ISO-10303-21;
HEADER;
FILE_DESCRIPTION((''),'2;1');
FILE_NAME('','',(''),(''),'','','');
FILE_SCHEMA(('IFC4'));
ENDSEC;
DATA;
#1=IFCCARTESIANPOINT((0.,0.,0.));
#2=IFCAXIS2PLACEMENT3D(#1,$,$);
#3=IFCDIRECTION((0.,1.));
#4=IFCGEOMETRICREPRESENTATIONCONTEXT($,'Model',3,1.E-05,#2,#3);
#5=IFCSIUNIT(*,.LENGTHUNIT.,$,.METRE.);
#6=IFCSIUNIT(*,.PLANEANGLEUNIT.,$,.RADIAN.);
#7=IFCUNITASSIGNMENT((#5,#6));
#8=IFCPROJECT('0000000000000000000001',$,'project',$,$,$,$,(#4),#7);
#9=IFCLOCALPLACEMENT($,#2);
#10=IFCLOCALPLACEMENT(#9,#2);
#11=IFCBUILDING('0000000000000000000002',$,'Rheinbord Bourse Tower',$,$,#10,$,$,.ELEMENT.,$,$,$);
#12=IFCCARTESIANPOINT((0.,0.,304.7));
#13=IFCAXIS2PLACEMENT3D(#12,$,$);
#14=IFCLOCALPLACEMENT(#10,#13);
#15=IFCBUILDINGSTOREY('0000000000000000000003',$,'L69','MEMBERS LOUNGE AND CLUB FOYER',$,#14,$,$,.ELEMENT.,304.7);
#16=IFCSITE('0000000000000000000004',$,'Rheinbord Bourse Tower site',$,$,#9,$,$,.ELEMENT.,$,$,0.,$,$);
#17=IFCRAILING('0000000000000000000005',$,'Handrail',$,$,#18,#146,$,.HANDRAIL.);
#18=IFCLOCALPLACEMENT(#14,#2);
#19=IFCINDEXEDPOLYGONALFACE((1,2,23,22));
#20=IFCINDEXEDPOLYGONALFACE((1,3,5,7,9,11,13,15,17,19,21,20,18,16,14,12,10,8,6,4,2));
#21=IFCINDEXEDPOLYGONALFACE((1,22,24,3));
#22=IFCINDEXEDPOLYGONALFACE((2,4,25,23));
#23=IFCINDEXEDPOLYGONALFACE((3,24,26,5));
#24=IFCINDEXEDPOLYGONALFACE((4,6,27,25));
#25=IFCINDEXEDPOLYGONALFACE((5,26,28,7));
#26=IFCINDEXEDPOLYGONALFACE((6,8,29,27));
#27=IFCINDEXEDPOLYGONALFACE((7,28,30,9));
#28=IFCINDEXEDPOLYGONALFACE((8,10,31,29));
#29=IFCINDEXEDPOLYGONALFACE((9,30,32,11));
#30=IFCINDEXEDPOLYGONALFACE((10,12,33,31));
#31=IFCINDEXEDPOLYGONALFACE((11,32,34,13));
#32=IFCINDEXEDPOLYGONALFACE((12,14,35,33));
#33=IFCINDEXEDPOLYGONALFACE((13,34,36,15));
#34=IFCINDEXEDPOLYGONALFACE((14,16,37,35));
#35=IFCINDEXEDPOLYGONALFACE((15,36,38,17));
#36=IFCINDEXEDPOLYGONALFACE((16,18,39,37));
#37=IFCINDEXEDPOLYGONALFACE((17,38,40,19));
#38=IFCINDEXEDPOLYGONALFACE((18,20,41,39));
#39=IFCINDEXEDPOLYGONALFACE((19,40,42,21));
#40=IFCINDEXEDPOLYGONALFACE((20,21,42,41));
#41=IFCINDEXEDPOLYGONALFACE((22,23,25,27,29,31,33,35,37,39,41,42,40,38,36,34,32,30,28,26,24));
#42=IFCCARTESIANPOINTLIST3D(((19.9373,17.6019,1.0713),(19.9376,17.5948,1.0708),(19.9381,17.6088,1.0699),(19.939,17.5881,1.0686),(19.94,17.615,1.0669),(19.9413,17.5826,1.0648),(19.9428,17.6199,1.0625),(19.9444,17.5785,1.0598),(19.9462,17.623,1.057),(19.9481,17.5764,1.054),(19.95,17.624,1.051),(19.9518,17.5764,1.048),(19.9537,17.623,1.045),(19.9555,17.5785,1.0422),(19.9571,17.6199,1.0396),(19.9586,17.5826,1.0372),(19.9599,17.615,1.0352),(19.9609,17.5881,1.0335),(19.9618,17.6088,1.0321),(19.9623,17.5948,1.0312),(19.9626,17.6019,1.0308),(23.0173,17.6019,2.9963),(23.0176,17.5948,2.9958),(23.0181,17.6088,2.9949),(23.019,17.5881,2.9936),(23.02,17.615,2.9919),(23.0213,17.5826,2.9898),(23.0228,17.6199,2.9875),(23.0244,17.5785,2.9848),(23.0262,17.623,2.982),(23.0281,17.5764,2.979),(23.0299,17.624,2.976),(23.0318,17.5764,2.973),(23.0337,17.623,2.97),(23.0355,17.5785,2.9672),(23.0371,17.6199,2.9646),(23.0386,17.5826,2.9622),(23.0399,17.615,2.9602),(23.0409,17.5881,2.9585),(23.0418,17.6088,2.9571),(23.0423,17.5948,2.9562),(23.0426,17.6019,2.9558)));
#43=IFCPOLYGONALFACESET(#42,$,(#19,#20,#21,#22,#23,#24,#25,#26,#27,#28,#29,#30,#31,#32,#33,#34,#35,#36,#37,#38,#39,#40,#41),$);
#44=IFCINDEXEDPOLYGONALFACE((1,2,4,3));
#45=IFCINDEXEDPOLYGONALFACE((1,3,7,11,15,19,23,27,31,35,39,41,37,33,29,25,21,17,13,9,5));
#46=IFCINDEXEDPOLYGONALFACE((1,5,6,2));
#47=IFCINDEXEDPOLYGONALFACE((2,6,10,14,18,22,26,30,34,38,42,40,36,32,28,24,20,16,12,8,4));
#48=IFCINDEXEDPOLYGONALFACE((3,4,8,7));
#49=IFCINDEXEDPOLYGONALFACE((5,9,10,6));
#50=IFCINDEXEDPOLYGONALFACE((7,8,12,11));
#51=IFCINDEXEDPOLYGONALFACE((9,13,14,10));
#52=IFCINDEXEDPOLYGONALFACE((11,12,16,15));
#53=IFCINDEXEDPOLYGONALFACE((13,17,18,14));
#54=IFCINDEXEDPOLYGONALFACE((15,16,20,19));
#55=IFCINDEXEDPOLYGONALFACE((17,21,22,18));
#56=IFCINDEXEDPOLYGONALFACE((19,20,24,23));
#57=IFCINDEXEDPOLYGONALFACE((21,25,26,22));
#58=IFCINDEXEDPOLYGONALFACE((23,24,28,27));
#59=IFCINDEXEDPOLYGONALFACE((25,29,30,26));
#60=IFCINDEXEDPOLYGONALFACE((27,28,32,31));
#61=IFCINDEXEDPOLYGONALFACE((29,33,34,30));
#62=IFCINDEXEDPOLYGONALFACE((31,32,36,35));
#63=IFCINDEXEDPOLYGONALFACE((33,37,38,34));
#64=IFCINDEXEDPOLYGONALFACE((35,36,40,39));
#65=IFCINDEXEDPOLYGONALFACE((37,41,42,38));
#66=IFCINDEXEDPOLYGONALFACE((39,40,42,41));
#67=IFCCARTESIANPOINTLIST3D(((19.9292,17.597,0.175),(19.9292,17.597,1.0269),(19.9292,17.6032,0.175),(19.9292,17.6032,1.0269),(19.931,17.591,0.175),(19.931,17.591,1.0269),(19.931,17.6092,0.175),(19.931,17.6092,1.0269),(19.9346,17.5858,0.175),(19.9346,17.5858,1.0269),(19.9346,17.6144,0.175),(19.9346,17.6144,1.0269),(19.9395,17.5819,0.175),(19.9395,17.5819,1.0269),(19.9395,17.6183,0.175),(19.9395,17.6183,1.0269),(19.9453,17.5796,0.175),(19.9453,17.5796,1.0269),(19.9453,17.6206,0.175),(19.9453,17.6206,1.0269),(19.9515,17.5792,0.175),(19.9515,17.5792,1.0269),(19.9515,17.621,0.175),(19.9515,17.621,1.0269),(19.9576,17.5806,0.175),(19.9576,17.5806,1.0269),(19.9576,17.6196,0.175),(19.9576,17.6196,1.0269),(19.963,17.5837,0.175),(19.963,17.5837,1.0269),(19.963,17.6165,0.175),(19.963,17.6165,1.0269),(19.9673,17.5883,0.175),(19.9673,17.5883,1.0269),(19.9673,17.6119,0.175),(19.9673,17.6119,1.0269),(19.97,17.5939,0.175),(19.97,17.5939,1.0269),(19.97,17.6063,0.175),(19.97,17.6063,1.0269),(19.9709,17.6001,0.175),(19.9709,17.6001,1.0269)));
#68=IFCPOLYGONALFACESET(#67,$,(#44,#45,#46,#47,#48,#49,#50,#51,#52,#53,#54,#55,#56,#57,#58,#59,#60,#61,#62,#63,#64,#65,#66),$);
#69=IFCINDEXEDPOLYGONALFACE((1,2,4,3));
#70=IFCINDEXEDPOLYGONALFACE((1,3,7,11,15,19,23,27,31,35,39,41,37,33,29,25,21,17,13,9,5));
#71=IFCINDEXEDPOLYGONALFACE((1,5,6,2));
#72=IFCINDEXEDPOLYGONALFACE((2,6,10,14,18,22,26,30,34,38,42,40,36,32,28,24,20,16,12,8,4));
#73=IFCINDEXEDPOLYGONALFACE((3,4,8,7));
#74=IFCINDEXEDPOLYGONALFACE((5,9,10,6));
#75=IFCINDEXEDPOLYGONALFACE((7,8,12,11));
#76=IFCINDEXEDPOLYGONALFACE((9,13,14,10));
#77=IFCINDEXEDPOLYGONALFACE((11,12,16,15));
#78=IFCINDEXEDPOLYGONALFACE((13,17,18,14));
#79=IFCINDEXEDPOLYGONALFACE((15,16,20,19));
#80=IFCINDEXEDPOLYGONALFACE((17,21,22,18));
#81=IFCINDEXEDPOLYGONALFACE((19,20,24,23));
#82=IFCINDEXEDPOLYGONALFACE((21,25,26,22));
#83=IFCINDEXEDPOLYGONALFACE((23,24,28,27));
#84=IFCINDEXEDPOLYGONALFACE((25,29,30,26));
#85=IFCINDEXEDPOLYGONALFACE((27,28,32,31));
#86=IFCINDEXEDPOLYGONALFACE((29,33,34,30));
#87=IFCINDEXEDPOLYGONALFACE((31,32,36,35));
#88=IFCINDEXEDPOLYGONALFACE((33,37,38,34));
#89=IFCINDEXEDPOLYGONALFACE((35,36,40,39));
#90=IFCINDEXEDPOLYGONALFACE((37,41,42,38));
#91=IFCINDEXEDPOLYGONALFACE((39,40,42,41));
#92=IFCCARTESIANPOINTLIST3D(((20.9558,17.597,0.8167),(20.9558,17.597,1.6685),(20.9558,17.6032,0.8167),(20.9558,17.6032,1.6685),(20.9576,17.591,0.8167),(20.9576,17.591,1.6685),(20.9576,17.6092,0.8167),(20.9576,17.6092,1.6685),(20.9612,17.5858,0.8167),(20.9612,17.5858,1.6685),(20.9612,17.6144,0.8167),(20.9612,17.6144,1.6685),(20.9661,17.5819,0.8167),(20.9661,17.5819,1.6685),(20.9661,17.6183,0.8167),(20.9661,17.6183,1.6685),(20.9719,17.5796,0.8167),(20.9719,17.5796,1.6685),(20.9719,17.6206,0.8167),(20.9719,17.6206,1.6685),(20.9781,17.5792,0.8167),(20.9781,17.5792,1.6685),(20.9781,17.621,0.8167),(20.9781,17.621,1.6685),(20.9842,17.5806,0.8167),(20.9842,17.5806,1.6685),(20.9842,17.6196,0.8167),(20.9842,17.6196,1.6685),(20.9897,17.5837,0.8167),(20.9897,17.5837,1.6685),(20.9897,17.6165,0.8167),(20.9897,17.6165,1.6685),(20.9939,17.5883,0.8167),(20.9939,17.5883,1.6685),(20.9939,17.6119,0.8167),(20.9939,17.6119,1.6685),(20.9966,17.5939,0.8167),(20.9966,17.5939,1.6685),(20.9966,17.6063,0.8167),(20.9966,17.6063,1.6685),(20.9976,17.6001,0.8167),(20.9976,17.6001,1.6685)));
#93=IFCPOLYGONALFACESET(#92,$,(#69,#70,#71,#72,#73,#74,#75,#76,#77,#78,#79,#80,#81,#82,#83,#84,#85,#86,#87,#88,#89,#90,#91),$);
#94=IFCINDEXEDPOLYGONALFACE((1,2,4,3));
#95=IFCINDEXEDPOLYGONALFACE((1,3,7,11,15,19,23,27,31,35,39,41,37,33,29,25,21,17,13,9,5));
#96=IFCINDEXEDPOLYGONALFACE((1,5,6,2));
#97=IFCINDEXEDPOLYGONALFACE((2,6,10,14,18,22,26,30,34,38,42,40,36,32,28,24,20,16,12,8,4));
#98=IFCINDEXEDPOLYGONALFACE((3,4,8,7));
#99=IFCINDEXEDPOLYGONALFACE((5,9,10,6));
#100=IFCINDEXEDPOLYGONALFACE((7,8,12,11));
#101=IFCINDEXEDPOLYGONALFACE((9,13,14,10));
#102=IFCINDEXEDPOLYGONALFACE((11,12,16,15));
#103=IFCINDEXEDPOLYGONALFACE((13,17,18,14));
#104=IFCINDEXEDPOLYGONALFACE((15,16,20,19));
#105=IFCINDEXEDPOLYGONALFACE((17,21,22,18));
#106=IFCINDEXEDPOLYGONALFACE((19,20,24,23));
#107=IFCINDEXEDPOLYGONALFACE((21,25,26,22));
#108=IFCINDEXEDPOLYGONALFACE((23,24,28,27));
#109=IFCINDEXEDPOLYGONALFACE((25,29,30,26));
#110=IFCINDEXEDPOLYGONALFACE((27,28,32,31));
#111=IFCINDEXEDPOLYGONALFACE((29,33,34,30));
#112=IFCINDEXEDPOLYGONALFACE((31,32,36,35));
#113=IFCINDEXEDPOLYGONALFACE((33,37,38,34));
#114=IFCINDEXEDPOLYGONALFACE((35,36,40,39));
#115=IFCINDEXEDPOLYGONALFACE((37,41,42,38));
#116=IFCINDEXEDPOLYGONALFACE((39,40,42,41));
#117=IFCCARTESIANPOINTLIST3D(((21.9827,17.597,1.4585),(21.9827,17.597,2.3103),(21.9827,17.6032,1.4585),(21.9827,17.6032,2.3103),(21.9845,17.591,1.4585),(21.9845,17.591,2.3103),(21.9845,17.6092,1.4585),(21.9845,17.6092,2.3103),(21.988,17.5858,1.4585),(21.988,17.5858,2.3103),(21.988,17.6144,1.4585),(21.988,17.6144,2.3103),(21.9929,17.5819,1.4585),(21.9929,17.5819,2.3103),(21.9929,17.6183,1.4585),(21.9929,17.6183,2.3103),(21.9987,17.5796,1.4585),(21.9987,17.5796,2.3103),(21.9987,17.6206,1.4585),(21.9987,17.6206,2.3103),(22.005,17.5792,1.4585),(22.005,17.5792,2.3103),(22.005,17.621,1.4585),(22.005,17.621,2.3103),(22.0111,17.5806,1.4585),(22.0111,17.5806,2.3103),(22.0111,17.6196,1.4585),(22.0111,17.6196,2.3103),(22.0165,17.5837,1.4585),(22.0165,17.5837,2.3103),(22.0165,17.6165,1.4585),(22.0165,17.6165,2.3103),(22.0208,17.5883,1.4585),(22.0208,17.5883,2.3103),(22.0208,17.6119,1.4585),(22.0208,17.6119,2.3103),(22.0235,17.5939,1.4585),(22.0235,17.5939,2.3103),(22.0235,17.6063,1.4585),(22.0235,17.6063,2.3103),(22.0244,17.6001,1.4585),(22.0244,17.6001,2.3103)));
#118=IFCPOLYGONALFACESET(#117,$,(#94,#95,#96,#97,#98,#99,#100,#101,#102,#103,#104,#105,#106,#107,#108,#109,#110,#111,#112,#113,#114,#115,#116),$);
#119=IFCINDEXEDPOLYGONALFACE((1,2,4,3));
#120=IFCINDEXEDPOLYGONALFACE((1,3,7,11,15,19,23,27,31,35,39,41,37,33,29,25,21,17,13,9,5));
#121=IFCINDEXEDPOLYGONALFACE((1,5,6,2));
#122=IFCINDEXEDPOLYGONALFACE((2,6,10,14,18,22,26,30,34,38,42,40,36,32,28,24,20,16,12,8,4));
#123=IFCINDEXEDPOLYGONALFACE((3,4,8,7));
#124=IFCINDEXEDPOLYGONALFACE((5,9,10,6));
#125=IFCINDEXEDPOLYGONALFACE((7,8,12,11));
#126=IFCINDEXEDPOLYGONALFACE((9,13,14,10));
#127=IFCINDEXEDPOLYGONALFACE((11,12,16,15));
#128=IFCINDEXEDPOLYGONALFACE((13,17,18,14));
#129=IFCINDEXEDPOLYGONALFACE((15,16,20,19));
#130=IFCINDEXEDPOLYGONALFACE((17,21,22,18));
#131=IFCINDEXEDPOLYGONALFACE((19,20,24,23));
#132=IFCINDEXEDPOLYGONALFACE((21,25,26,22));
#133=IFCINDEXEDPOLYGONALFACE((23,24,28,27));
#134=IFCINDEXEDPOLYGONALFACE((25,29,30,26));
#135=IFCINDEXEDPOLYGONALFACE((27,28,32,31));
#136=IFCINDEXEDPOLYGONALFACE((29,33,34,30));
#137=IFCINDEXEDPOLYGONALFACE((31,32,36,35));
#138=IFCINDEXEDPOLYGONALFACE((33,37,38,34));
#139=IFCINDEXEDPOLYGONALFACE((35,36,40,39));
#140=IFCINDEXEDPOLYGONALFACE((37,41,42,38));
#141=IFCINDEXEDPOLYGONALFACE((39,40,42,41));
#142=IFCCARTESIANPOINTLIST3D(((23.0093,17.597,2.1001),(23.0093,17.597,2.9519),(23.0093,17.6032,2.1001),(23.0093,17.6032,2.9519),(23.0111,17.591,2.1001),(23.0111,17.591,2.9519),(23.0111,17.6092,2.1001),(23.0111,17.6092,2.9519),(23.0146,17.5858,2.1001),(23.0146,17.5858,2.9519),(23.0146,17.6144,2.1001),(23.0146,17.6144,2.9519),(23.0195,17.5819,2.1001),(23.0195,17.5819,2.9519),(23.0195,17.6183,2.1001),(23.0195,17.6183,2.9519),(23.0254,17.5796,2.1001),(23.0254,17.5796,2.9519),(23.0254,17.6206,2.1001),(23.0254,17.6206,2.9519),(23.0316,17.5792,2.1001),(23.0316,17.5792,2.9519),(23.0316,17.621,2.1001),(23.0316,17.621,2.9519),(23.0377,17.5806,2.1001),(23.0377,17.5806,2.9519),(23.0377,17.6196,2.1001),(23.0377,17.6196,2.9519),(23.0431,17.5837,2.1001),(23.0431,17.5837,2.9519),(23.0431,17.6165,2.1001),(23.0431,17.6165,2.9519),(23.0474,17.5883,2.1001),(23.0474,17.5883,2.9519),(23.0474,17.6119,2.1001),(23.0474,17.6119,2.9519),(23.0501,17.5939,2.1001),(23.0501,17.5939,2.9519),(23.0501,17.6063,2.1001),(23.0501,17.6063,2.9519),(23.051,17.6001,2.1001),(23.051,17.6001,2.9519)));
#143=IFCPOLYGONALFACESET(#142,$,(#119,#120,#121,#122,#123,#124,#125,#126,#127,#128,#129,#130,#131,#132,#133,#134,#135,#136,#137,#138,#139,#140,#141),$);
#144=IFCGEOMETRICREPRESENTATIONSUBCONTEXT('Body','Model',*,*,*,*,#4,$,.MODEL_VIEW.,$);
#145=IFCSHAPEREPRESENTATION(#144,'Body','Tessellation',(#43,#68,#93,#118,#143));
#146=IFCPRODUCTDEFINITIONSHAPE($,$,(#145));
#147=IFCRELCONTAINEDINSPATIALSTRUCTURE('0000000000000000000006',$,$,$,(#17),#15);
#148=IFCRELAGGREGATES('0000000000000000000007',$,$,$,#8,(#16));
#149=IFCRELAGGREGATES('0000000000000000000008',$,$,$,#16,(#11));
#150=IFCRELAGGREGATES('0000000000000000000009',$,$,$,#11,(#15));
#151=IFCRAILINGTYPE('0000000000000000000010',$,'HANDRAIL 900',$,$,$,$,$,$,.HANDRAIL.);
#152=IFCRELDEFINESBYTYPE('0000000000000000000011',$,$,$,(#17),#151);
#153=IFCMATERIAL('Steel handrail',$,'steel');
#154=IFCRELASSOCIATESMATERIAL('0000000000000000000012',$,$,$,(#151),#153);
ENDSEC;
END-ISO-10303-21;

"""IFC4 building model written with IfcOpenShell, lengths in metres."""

from ifc_helpers import new_model, si_unit, direction, frame, origin, origin_2d, place, context, subcontext, project, spatial, circle, extrude, material, type_object, element, save


model = new_model("IFC4")

# Units and contexts
model_context = context("Model", 3, precision=1e-05, world=origin(), true_north=direction((0.0, 1.0)))
body_context = subcontext(model_context, "Body", "Model", "MODEL_VIEW")
ifc_project = project(units=[si_unit("LENGTHUNIT", "METRE"), si_unit("PLANEANGLEUNIT", "RADIAN")], contexts=[model_context])

# Site, building, storey
site_placement = place(None, origin())
site = spatial("IfcSite", under=ifc_project, at=site_placement, Name="Rheinbord Bourse Tower site", CompositionType="ELEMENT", RefElevation=0.0)
building_placement = place(site_placement, origin())
building = spatial("IfcBuilding", under=site, at=building_placement, Name="Rheinbord Bourse Tower", CompositionType="ELEMENT")
storey_placement = place(building_placement, frame((0.0, 0.0, 304.7)))
storey = spatial("IfcBuildingStorey", under=building, at=storey_placement, Name="L69", Description="MEMBERS LOUNGE AND CLUB FOYER", CompositionType="ELEMENT", Elevation=304.7)

# Railing
ifc_material_1 = material(Name="Steel handrail", Category="steel")
railing_type = type_object("IfcRailingType", Name="HANDRAIL 900", PredefinedType="HANDRAIL", material=ifc_material_1)
railing_1_placement = place(storey_placement, frame((19.95, 17.6001, 0.175)))
element("IfcRailing", 1, at=railing_1_placement, inside=storey, type_object=railing_type, Name="Handrail", PredefinedType="HANDRAIL", context=body_context, shape_type="SweptSolid", body=[
    extrude(circle(Radius=0.0239, at=origin_2d()), frame((0.0, 0.0, 0.876), z_axis=(0.847998, 0.0, 0.529999), x_axis=(0.0, 1.0, 0.0)), (0.0, 0.0, 1.0), 3.6321),
    extrude(circle(Radius=0.021, at=origin_2d()), origin(), (0.0, 0.0, 1.0), 0.8518),
    extrude(circle(Radius=0.021, at=origin_2d()), frame((1.0266, 0.0, 0.6416)), (0.0, 0.0, 1.0), 0.8518),
    extrude(circle(Radius=0.021, at=origin_2d()), frame((2.0535, 0.0, 1.2834)), (0.0, 0.0, 1.0), 0.8518),
    extrude(circle(Radius=0.021, at=origin_2d()), frame((3.0801, 0.0, 1.925)), (0.0, 0.0, 1.0), 0.8518),
])

save(model, "model.ifc")
